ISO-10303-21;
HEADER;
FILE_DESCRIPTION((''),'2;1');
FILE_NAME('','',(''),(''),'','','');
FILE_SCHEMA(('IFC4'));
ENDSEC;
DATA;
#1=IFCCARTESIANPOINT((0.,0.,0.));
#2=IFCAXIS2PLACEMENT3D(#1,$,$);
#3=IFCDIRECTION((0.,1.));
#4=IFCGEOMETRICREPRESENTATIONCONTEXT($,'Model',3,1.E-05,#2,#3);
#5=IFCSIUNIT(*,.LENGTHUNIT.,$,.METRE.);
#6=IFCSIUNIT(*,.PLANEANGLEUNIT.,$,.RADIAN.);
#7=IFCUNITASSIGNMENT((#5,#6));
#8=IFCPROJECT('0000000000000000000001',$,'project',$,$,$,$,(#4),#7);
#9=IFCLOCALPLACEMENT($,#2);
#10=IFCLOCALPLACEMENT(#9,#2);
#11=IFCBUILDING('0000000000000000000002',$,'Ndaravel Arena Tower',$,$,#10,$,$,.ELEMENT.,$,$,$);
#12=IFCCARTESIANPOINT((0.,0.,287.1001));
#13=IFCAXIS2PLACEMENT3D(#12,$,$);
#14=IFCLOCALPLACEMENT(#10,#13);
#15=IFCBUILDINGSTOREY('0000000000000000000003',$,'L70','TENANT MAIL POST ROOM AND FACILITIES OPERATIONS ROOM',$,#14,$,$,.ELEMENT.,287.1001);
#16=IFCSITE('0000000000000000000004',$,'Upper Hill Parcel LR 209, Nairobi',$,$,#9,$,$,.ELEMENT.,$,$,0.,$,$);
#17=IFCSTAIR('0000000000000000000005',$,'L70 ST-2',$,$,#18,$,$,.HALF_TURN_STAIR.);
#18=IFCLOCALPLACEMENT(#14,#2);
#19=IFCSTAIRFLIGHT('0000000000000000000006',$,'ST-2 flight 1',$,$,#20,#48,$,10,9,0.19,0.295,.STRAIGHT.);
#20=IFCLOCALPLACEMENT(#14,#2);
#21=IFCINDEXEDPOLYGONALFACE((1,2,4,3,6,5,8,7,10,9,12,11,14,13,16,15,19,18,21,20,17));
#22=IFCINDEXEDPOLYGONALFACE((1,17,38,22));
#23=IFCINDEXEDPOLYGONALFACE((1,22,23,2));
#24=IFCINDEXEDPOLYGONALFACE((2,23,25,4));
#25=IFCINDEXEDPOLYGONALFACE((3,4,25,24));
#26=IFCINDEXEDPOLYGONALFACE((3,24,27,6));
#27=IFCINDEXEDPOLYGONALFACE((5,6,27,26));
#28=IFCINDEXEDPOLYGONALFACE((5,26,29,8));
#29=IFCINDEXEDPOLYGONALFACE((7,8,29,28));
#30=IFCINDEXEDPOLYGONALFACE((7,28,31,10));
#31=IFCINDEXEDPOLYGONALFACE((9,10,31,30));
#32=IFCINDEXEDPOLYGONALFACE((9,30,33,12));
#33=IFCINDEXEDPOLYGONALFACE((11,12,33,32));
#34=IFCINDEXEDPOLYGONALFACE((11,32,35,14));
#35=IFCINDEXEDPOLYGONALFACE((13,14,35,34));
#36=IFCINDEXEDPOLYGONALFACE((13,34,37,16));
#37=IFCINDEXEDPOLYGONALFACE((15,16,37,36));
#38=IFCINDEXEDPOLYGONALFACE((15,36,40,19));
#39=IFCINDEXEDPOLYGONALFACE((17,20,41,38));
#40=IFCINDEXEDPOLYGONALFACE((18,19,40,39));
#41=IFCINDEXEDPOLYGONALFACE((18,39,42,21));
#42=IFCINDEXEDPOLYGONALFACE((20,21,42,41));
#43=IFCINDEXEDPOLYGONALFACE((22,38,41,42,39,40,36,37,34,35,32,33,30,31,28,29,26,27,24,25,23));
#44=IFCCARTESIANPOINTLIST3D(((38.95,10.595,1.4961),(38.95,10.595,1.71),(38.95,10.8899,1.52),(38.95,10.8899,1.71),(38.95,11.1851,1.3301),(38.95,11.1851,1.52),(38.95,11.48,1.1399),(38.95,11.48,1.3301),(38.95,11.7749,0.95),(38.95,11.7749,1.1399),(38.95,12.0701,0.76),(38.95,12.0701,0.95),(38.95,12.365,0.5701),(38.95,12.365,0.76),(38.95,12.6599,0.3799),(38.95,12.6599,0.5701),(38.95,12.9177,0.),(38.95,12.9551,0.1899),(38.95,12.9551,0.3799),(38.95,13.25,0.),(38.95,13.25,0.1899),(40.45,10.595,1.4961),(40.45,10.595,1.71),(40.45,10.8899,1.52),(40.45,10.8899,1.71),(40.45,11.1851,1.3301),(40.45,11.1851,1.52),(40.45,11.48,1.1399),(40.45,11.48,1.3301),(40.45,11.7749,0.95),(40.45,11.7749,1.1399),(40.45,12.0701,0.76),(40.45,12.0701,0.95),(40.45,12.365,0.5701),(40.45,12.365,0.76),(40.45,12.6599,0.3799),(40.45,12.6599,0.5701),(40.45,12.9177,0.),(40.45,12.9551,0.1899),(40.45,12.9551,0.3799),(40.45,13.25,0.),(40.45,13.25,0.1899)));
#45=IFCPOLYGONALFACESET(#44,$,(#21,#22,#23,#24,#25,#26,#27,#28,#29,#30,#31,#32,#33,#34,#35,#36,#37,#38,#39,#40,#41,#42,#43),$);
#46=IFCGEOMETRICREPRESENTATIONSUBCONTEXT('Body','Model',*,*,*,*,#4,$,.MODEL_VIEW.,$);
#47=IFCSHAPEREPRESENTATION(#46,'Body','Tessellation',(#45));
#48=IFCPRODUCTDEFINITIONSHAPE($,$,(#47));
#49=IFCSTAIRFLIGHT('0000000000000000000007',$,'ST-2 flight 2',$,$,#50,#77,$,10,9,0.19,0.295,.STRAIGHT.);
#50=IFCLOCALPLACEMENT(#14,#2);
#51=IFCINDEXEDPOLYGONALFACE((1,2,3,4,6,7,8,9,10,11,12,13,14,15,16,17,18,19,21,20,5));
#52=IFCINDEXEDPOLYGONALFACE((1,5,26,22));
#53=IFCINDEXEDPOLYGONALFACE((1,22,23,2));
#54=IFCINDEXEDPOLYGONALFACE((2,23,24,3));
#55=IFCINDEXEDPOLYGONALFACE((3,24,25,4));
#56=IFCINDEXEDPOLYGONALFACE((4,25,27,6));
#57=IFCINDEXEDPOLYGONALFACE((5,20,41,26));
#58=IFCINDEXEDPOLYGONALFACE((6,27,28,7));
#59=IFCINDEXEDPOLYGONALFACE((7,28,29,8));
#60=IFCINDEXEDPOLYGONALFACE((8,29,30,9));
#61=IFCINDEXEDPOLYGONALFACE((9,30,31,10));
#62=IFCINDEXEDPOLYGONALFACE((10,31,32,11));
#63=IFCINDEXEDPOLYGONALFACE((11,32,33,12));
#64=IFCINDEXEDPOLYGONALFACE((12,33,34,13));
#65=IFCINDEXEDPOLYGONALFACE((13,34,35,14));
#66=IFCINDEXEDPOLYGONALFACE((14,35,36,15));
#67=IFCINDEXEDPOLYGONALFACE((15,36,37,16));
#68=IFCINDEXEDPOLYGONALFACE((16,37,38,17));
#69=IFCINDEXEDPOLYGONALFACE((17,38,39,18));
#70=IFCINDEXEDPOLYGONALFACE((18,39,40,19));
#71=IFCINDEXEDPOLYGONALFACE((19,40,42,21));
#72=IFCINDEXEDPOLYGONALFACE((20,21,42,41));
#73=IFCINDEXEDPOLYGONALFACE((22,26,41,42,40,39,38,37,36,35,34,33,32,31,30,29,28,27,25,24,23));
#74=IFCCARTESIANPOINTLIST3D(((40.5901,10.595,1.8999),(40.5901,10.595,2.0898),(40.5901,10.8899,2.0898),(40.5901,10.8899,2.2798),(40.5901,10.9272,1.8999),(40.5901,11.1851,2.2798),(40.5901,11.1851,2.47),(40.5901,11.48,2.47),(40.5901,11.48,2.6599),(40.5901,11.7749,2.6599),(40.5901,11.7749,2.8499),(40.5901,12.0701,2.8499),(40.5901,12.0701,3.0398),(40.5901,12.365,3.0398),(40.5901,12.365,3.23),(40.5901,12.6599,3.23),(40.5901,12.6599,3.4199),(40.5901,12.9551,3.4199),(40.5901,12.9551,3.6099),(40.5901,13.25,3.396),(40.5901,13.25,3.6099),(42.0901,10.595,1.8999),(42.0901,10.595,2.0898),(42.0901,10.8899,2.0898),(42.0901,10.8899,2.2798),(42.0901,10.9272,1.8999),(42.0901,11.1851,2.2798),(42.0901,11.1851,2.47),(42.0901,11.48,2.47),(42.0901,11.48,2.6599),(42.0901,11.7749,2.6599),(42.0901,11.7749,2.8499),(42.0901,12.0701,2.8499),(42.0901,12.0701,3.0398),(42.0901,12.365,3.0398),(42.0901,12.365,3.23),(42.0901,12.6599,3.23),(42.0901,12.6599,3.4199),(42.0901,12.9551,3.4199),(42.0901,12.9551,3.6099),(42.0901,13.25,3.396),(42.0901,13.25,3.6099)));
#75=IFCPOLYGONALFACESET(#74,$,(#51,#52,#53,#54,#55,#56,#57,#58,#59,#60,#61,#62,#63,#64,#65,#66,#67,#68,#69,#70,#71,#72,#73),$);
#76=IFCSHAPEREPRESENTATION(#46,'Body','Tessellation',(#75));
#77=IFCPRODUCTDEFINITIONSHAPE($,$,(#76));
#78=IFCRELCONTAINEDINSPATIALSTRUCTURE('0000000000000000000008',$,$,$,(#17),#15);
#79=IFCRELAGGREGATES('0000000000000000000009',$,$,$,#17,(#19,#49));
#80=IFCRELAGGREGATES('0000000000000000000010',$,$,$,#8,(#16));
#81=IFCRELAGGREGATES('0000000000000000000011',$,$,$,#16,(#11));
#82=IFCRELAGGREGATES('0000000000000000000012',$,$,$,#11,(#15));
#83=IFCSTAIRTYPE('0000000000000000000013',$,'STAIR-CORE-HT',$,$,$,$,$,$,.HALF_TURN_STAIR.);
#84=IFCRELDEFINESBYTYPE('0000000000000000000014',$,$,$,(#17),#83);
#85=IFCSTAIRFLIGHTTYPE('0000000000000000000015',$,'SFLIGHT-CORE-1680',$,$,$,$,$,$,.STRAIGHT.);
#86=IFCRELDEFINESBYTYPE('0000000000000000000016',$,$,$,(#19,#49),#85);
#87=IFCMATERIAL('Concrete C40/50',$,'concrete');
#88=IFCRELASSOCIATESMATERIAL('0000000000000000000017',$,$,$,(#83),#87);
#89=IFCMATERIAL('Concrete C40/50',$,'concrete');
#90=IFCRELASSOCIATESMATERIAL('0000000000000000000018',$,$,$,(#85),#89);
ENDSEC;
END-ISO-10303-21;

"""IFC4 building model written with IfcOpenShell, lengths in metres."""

from ifc_helpers import new_model, si_unit, direction, frame, origin, place, context, subcontext, project, spatial, polyline, outline, extrude, material, type_object, element, aggregate, save


model = new_model("IFC4")

# Units and contexts
model_context = context("Model", 3, precision=1e-05, world=origin(), true_north=direction((0.0, 1.0)))
body_context = subcontext(model_context, "Body", "Model", "MODEL_VIEW")
ifc_project = project(units=[si_unit("LENGTHUNIT", "METRE"), si_unit("PLANEANGLEUNIT", "RADIAN")], contexts=[model_context])

# Site, building, storey
site_placement = place(None, origin())
site = spatial("IfcSite", under=ifc_project, at=site_placement, Name="Upper Hill Parcel LR 209, Nairobi", CompositionType="ELEMENT", RefElevation=0.0)
building_placement = place(site_placement, origin())
building = spatial("IfcBuilding", under=site, at=building_placement, Name="Ndaravel Arena Tower", CompositionType="ELEMENT")
storey_placement = place(building_placement, frame((0.0, 0.0, 287.1001)))
storey = spatial("IfcBuildingStorey", under=building, at=storey_placement, Name="L70", Description="TENANT MAIL POST ROOM AND FACILITIES OPERATIONS ROOM", CompositionType="ELEMENT", Elevation=287.1001)

# Stair, stair flights
ifc_material_1 = material(Name="Concrete C40/50", Category="concrete")
stair_type = type_object("IfcStairType", Name="STAIR-CORE-HT", PredefinedType="HALF_TURN_STAIR", material=ifc_material_1)
ifc_material_2 = material(Name="Concrete C40/50", Category="concrete")
stair_flight_type = type_object("IfcStairFlightType", Name="SFLIGHT-CORE-1680", PredefinedType="STRAIGHT", material=ifc_material_2)
stair_1_placement = place(storey_placement, origin())
stair_1 = element("IfcStair", 1, at=stair_1_placement, inside=storey, type_object=stair_type, Name="L70 ST-2", PredefinedType="HALF_TURN_STAIR")
stair_flight_1_placement = place(storey_placement, frame((39.7, 13.25, 0.0), z_axis=(0.0, 0.0, 1.0), x_axis=(0.0, -1.0, 0.0)))
stair_flight_1 = element("IfcStairFlight", 2, at=stair_flight_1_placement, type_object=stair_flight_type, Name="ST-2 flight 1", NumberOfRisers=10, NumberOfTreads=9, PredefinedType="STRAIGHT", RiserHeight=0.19, TreadLength=0.295, context=body_context, shape_type="SweptSolid", body=[
    extrude(outline(polyline([(0.0, 0.0), (0.0, 0.1899), (0.2949, 0.1899), (0.2949, 0.3799), (0.5901, 0.3799), (0.5901, 0.5701), (0.885, 0.5701), (0.885, 0.76), (1.1799, 0.76), (1.1799, 0.95), (1.4751, 0.95), (1.4751, 1.1399), (1.77, 1.1399), (1.77, 1.3301), (2.0649, 1.3301), (2.0649, 1.52), (2.3601, 1.52), (2.3601, 1.71), (2.655, 1.71), (2.655, 1.8999), (2.655, 1.4961), (0.3323, 0.0), (0.0, 0.0)])), frame((0.0, 0.75, 0.0), z_axis=(0.0, -1.0, 0.0), x_axis=(1.0, 0.0, 0.0)), (0.0, 0.0, 1.0), 1.5),
])
stair_flight_2_placement = place(storey_placement, frame((41.3401, 10.595, 1.8999), z_axis=(0.0, 0.0, 1.0), x_axis=(0.0, 1.0, 0.0)))
stair_flight_2 = element("IfcStairFlight", 3, at=stair_flight_2_placement, type_object=stair_flight_type, Name="ST-2 flight 2", NumberOfRisers=10, NumberOfTreads=9, PredefinedType="STRAIGHT", RiserHeight=0.19, TreadLength=0.295, context=body_context, shape_type="SweptSolid", body=[
    extrude(outline(polyline([(0.0, 0.0), (0.0, 0.1899), (0.2949, 0.1899), (0.2949, 0.3799), (0.5901, 0.3799), (0.5901, 0.5701), (0.885, 0.5701), (0.885, 0.76), (1.1799, 0.76), (1.1799, 0.95), (1.4751, 0.95), (1.4751, 1.1399), (1.77, 1.1399), (1.77, 1.3301), (2.0649, 1.3301), (2.0649, 1.52), (2.3601, 1.52), (2.3601, 1.71), (2.655, 1.71), (2.655, 1.8999), (2.655, 1.4961), (0.3323, 0.0), (0.0, 0.0)])), frame((0.0, 0.75, 0.0), z_axis=(0.0, -1.0, 0.0), x_axis=(1.0, 0.0, 0.0)), (0.0, 0.0, 1.0), 1.5),
])
aggregate(stair_1, [stair_flight_1, stair_flight_2])

save(model, "model.ifc")
